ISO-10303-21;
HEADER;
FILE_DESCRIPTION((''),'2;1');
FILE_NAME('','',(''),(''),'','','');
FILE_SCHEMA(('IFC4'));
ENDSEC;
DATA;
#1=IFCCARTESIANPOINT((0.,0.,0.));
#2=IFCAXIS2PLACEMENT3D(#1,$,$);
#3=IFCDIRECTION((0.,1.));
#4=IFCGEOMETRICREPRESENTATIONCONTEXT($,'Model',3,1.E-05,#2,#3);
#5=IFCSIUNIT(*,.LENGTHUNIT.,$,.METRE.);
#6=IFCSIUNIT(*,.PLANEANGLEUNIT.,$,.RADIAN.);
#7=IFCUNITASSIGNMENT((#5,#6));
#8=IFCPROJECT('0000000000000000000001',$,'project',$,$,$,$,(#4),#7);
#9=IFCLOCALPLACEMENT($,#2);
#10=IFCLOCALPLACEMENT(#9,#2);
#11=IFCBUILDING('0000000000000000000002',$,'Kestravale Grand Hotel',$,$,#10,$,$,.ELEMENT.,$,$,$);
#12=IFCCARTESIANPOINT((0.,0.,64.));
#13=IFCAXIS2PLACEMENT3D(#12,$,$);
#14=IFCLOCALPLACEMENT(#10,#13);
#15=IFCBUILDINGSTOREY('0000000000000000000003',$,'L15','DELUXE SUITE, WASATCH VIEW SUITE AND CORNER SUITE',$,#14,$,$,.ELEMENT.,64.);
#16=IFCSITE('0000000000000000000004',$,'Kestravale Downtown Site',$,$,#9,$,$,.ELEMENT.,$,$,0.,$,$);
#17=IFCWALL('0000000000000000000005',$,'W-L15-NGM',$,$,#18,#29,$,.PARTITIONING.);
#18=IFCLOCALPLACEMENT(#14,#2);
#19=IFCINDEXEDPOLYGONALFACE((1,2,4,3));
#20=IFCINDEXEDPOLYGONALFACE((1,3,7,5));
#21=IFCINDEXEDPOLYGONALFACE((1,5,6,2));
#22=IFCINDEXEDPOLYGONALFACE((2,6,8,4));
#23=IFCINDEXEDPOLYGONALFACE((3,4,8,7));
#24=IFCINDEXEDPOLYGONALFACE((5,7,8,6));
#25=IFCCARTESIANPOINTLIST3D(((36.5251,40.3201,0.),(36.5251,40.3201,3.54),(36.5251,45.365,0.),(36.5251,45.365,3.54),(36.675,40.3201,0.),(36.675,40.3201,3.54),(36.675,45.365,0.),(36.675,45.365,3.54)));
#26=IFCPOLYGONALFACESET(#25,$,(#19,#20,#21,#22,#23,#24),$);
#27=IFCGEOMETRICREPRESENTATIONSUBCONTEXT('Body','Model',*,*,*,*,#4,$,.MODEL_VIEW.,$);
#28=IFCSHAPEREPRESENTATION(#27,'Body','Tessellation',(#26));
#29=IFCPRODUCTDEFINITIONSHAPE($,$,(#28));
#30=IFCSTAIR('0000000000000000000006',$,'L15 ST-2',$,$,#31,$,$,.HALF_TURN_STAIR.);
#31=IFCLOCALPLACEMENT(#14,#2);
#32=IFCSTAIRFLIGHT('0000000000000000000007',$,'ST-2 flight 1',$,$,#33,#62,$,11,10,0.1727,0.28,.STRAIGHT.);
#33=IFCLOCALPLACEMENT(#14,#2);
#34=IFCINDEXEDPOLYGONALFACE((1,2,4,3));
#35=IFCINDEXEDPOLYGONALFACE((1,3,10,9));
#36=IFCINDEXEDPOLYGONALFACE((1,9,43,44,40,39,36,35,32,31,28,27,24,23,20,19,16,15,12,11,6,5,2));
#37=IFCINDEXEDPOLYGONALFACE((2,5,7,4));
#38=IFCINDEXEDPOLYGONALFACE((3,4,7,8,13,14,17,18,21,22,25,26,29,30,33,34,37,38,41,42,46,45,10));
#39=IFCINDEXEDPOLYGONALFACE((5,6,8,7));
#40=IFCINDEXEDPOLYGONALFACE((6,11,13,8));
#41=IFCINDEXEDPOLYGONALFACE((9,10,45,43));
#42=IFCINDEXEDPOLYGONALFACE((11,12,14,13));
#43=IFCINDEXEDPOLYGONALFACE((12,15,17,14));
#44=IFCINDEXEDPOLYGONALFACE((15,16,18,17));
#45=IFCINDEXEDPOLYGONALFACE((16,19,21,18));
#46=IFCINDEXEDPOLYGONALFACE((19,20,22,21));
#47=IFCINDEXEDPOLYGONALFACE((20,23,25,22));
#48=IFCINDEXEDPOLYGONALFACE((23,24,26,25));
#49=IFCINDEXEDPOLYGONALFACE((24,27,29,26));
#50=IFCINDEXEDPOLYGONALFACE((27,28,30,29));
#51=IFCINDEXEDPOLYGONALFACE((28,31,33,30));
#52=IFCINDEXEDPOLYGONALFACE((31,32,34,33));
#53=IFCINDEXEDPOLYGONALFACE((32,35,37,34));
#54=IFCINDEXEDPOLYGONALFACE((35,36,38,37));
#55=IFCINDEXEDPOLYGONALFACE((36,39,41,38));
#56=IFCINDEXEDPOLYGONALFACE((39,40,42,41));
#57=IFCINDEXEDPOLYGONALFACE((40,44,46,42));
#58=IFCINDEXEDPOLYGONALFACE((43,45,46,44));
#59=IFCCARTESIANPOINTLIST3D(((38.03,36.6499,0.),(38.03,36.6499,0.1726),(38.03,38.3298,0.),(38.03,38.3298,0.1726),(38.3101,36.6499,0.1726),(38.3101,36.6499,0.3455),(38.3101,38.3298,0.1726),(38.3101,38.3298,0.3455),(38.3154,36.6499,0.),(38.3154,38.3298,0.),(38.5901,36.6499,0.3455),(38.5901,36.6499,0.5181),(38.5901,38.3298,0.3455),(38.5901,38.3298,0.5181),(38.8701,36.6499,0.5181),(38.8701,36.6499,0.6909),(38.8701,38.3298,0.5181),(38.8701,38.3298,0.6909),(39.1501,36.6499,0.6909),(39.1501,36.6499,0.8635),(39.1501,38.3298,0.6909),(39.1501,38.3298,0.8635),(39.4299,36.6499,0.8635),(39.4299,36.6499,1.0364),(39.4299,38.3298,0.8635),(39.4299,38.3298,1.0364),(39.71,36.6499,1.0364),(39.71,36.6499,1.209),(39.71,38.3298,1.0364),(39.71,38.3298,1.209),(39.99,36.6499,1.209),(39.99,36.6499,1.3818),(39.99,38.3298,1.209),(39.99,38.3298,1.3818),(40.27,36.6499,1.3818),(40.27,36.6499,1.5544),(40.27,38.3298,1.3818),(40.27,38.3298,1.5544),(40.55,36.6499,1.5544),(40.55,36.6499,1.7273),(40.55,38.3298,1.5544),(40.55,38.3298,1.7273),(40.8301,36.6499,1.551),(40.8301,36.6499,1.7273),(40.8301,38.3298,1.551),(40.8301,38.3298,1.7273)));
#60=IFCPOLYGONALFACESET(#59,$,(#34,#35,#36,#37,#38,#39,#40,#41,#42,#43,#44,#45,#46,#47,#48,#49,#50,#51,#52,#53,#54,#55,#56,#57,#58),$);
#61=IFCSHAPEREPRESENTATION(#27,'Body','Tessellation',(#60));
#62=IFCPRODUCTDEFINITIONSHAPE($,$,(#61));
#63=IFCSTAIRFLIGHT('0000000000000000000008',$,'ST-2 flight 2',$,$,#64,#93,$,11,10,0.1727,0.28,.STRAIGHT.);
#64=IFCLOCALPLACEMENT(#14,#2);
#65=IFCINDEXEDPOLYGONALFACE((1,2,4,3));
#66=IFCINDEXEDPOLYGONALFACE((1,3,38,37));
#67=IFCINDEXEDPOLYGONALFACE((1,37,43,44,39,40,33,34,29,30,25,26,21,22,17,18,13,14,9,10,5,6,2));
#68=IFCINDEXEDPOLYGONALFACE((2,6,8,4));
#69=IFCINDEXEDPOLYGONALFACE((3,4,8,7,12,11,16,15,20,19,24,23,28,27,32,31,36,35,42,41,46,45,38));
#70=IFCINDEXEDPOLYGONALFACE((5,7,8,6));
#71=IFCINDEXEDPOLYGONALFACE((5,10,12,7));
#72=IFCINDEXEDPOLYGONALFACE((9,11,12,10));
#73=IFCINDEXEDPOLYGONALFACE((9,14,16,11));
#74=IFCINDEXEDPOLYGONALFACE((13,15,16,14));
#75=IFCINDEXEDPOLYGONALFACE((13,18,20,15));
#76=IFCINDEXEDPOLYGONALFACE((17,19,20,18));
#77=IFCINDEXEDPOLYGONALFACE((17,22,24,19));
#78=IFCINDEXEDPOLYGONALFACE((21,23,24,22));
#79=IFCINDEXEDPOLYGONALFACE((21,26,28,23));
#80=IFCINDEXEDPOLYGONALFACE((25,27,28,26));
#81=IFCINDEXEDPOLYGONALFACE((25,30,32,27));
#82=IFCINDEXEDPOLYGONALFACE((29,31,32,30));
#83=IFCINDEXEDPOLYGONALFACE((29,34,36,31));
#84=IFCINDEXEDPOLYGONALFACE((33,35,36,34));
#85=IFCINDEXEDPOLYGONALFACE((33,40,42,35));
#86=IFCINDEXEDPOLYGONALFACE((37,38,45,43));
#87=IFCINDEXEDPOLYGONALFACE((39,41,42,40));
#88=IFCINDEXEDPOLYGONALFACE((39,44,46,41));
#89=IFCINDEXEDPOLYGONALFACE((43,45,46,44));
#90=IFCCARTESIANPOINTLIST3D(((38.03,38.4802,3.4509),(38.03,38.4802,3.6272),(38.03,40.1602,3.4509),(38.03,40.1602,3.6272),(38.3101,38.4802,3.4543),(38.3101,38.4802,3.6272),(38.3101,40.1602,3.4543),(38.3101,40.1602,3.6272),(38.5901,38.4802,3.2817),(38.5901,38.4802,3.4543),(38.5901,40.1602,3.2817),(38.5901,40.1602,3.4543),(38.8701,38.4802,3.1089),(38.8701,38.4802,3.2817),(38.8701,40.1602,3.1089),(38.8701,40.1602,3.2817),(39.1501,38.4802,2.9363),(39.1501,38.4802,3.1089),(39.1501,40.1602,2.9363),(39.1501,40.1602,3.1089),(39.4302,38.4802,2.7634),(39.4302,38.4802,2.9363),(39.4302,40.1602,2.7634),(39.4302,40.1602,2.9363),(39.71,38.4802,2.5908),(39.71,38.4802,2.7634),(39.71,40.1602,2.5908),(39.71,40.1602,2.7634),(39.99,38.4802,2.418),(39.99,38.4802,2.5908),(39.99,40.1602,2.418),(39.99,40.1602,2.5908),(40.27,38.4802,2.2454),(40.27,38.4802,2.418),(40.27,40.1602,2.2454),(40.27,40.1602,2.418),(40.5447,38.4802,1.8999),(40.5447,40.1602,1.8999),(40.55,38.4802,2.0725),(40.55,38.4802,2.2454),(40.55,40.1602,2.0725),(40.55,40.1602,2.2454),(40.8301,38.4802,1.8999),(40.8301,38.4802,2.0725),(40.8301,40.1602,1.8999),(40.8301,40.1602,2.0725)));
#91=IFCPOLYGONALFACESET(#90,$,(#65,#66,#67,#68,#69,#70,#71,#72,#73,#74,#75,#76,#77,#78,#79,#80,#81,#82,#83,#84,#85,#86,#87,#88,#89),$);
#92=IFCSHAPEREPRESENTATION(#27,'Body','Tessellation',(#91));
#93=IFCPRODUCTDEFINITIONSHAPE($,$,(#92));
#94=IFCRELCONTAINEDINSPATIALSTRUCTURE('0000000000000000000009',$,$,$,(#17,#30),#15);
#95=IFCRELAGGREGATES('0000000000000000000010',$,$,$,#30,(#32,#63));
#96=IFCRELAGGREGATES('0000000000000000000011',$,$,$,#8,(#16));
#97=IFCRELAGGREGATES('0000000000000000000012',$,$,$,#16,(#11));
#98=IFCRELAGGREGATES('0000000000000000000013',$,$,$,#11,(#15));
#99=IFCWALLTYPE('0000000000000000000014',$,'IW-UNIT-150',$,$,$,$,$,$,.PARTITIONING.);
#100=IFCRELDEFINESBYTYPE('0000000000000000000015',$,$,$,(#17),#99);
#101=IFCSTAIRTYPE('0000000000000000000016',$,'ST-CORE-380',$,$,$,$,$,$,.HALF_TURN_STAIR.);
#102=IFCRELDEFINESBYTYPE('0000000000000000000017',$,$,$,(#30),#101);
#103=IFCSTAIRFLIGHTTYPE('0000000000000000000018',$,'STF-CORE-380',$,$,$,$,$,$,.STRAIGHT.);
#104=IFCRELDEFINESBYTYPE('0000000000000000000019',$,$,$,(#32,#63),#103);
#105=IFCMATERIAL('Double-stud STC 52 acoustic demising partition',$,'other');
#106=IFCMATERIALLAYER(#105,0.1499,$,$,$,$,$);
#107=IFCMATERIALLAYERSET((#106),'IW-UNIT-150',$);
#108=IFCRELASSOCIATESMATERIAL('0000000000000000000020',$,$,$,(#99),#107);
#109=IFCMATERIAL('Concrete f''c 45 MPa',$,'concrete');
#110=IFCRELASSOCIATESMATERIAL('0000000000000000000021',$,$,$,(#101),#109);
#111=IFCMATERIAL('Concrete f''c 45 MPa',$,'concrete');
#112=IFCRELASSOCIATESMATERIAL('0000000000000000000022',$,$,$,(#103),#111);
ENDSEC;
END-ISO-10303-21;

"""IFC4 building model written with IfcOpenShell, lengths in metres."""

from ifc_helpers import new_model, si_unit, direction, frame, frame_2d, origin, place, context, subcontext, project, spatial, polyline, rectangle, outline, extrude, material, layer, layer_set, type_object, element, aggregate, save


model = new_model("IFC4")

# Units and contexts
model_context = context("Model", 3, precision=1e-05, world=origin(), true_north=direction((0.0, 1.0)))
body_context = subcontext(model_context, "Body", "Model", "MODEL_VIEW")
ifc_project = project(units=[si_unit("LENGTHUNIT", "METRE"), si_unit("PLANEANGLEUNIT", "RADIAN")], contexts=[model_context])

# Site, building, storey
site_placement = place(None, origin())
site = spatial("IfcSite", under=ifc_project, at=site_placement, Name="Kestravale Downtown Site", CompositionType="ELEMENT", RefElevation=0.0)
building_placement = place(site_placement, origin())
building = spatial("IfcBuilding", under=site, at=building_placement, Name="Kestravale Grand Hotel", CompositionType="ELEMENT")
storey_placement = place(building_placement, frame((0.0, 0.0, 64.0)))
storey = spatial("IfcBuildingStorey", under=building, at=storey_placement, Name="L15", Description="DELUXE SUITE, WASATCH VIEW SUITE AND CORNER SUITE", CompositionType="ELEMENT", Elevation=64.0)

# Wall
ifc_material_1 = material(Name="Double-stud STC 52 acoustic demising partition", Category="other")
ifc_layer_1 = layer(ifc_material_1, 0.1499)
ifc_layer_set_1 = layer_set([ifc_layer_1], Name="IW-UNIT-150")
wall_type_1 = type_object("IfcWallType", Name="IW-UNIT-150", PredefinedType="PARTITIONING", material=ifc_layer_set_1)
wall_1_placement = place(storey_placement, frame((36.6001, 40.3201, 0.0), z_axis=(0.0, 0.0, 1.0), x_axis=(0.0, 1.0, 0.0)))
element("IfcWall", 1, at=wall_1_placement, inside=storey, type_object=wall_type_1, Name="W-L15-NGM", PredefinedType="PARTITIONING", context=body_context, shape_type="SweptSolid", body=[
    extrude(rectangle(XDim=5.0449, YDim=0.1499, at=frame_2d((2.5225, 0.0))), origin(), (0.0, 0.0, 1.0), 3.54),
])

# Stair, stair flights
ifc_material_2 = material(Name="Concrete f'c 45 MPa", Category="concrete")
stair_type = type_object("IfcStairType", Name="ST-CORE-380", PredefinedType="HALF_TURN_STAIR", material=ifc_material_2)
stair_placement = place(storey_placement, origin())
stair = element("IfcStair", 2, at=stair_placement, inside=storey, type_object=stair_type, Name="L15 ST-2", PredefinedType="HALF_TURN_STAIR")
ifc_material_3 = material(Name="Concrete f'c 45 MPa", Category="concrete")
stair_flight_type = type_object("IfcStairFlightType", Name="STF-CORE-380", PredefinedType="STRAIGHT", material=ifc_material_3)
stair_flight_1_placement = place(storey_placement, frame((38.03, 37.49, 0.0), z_axis=(0.0, 0.0, 1.0), x_axis=(1.0, 0.0, 0.0)))
stair_flight_1 = element("IfcStairFlight", 3, at=stair_flight_1_placement, type_object=stair_flight_type, Name="ST-2 flight 1", NumberOfRisers=11, NumberOfTreads=10, PredefinedType="STRAIGHT", RiserHeight=0.1727, TreadLength=0.28, context=body_context, shape_type="SweptSolid", body=[
    extrude(outline(polyline([(0.0, 0.0), (0.0, 0.1726), (0.28, 0.1726), (0.28, 0.3455), (0.5601, 0.3455), (0.5601, 0.5181), (0.8401, 0.5181), (0.8401, 0.6909), (1.1201, 0.6909), (1.1201, 0.8635), (1.3999, 0.8635), (1.3999, 1.0364), (1.6799, 1.0364), (1.6799, 1.209), (1.96, 1.209), (1.96, 1.3818), (2.24, 1.3818), (2.24, 1.5544), (2.52, 1.5544), (2.52, 1.7273), (2.8, 1.7273), (2.8, 1.8999), (2.8, 1.551), (0.2854, 0.0), (0.0, 0.0)])), frame((0.0, 0.8398, 0.0), z_axis=(0.0, -1.0, 0.0), x_axis=(1.0, 0.0, 0.0)), (0.0, 0.0, 1.0), 1.6799),
])
stair_flight_2_placement = place(storey_placement, frame((40.8301, 39.3201, 1.8999), z_axis=(0.0, 0.0, 1.0), x_axis=(-1.0, 0.0, 0.0)))
stair_flight_2 = element("IfcStairFlight", 4, at=stair_flight_2_placement, type_object=stair_flight_type, Name="ST-2 flight 2", NumberOfRisers=11, NumberOfTreads=10, PredefinedType="STRAIGHT", RiserHeight=0.1727, TreadLength=0.28, context=body_context, shape_type="SweptSolid", body=[
    extrude(outline(polyline([(0.0, 0.0), (0.0, 0.1726), (0.28, 0.1726), (0.28, 0.3455), (0.5601, 0.3455), (0.5601, 0.5181), (0.8401, 0.5181), (0.8401, 0.6909), (1.1201, 0.6909), (1.1201, 0.8635), (1.3999, 0.8635), (1.3999, 1.0364), (1.6799, 1.0364), (1.6799, 1.209), (1.96, 1.209), (1.96, 1.3818), (2.24, 1.3818), (2.24, 1.5544), (2.52, 1.5544), (2.52, 1.7273), (2.8, 1.7273), (2.8, 1.8999), (2.8, 1.551), (0.2854, 0.0), (0.0, 0.0)])), frame((0.0, 0.8398, 0.0), z_axis=(0.0, -1.0, 0.0), x_axis=(1.0, 0.0, 0.0)), (0.0, 0.0, 1.0), 1.6799),
])
aggregate(stair, [stair_flight_1, stair_flight_2])

save(model, "model.ifc")
